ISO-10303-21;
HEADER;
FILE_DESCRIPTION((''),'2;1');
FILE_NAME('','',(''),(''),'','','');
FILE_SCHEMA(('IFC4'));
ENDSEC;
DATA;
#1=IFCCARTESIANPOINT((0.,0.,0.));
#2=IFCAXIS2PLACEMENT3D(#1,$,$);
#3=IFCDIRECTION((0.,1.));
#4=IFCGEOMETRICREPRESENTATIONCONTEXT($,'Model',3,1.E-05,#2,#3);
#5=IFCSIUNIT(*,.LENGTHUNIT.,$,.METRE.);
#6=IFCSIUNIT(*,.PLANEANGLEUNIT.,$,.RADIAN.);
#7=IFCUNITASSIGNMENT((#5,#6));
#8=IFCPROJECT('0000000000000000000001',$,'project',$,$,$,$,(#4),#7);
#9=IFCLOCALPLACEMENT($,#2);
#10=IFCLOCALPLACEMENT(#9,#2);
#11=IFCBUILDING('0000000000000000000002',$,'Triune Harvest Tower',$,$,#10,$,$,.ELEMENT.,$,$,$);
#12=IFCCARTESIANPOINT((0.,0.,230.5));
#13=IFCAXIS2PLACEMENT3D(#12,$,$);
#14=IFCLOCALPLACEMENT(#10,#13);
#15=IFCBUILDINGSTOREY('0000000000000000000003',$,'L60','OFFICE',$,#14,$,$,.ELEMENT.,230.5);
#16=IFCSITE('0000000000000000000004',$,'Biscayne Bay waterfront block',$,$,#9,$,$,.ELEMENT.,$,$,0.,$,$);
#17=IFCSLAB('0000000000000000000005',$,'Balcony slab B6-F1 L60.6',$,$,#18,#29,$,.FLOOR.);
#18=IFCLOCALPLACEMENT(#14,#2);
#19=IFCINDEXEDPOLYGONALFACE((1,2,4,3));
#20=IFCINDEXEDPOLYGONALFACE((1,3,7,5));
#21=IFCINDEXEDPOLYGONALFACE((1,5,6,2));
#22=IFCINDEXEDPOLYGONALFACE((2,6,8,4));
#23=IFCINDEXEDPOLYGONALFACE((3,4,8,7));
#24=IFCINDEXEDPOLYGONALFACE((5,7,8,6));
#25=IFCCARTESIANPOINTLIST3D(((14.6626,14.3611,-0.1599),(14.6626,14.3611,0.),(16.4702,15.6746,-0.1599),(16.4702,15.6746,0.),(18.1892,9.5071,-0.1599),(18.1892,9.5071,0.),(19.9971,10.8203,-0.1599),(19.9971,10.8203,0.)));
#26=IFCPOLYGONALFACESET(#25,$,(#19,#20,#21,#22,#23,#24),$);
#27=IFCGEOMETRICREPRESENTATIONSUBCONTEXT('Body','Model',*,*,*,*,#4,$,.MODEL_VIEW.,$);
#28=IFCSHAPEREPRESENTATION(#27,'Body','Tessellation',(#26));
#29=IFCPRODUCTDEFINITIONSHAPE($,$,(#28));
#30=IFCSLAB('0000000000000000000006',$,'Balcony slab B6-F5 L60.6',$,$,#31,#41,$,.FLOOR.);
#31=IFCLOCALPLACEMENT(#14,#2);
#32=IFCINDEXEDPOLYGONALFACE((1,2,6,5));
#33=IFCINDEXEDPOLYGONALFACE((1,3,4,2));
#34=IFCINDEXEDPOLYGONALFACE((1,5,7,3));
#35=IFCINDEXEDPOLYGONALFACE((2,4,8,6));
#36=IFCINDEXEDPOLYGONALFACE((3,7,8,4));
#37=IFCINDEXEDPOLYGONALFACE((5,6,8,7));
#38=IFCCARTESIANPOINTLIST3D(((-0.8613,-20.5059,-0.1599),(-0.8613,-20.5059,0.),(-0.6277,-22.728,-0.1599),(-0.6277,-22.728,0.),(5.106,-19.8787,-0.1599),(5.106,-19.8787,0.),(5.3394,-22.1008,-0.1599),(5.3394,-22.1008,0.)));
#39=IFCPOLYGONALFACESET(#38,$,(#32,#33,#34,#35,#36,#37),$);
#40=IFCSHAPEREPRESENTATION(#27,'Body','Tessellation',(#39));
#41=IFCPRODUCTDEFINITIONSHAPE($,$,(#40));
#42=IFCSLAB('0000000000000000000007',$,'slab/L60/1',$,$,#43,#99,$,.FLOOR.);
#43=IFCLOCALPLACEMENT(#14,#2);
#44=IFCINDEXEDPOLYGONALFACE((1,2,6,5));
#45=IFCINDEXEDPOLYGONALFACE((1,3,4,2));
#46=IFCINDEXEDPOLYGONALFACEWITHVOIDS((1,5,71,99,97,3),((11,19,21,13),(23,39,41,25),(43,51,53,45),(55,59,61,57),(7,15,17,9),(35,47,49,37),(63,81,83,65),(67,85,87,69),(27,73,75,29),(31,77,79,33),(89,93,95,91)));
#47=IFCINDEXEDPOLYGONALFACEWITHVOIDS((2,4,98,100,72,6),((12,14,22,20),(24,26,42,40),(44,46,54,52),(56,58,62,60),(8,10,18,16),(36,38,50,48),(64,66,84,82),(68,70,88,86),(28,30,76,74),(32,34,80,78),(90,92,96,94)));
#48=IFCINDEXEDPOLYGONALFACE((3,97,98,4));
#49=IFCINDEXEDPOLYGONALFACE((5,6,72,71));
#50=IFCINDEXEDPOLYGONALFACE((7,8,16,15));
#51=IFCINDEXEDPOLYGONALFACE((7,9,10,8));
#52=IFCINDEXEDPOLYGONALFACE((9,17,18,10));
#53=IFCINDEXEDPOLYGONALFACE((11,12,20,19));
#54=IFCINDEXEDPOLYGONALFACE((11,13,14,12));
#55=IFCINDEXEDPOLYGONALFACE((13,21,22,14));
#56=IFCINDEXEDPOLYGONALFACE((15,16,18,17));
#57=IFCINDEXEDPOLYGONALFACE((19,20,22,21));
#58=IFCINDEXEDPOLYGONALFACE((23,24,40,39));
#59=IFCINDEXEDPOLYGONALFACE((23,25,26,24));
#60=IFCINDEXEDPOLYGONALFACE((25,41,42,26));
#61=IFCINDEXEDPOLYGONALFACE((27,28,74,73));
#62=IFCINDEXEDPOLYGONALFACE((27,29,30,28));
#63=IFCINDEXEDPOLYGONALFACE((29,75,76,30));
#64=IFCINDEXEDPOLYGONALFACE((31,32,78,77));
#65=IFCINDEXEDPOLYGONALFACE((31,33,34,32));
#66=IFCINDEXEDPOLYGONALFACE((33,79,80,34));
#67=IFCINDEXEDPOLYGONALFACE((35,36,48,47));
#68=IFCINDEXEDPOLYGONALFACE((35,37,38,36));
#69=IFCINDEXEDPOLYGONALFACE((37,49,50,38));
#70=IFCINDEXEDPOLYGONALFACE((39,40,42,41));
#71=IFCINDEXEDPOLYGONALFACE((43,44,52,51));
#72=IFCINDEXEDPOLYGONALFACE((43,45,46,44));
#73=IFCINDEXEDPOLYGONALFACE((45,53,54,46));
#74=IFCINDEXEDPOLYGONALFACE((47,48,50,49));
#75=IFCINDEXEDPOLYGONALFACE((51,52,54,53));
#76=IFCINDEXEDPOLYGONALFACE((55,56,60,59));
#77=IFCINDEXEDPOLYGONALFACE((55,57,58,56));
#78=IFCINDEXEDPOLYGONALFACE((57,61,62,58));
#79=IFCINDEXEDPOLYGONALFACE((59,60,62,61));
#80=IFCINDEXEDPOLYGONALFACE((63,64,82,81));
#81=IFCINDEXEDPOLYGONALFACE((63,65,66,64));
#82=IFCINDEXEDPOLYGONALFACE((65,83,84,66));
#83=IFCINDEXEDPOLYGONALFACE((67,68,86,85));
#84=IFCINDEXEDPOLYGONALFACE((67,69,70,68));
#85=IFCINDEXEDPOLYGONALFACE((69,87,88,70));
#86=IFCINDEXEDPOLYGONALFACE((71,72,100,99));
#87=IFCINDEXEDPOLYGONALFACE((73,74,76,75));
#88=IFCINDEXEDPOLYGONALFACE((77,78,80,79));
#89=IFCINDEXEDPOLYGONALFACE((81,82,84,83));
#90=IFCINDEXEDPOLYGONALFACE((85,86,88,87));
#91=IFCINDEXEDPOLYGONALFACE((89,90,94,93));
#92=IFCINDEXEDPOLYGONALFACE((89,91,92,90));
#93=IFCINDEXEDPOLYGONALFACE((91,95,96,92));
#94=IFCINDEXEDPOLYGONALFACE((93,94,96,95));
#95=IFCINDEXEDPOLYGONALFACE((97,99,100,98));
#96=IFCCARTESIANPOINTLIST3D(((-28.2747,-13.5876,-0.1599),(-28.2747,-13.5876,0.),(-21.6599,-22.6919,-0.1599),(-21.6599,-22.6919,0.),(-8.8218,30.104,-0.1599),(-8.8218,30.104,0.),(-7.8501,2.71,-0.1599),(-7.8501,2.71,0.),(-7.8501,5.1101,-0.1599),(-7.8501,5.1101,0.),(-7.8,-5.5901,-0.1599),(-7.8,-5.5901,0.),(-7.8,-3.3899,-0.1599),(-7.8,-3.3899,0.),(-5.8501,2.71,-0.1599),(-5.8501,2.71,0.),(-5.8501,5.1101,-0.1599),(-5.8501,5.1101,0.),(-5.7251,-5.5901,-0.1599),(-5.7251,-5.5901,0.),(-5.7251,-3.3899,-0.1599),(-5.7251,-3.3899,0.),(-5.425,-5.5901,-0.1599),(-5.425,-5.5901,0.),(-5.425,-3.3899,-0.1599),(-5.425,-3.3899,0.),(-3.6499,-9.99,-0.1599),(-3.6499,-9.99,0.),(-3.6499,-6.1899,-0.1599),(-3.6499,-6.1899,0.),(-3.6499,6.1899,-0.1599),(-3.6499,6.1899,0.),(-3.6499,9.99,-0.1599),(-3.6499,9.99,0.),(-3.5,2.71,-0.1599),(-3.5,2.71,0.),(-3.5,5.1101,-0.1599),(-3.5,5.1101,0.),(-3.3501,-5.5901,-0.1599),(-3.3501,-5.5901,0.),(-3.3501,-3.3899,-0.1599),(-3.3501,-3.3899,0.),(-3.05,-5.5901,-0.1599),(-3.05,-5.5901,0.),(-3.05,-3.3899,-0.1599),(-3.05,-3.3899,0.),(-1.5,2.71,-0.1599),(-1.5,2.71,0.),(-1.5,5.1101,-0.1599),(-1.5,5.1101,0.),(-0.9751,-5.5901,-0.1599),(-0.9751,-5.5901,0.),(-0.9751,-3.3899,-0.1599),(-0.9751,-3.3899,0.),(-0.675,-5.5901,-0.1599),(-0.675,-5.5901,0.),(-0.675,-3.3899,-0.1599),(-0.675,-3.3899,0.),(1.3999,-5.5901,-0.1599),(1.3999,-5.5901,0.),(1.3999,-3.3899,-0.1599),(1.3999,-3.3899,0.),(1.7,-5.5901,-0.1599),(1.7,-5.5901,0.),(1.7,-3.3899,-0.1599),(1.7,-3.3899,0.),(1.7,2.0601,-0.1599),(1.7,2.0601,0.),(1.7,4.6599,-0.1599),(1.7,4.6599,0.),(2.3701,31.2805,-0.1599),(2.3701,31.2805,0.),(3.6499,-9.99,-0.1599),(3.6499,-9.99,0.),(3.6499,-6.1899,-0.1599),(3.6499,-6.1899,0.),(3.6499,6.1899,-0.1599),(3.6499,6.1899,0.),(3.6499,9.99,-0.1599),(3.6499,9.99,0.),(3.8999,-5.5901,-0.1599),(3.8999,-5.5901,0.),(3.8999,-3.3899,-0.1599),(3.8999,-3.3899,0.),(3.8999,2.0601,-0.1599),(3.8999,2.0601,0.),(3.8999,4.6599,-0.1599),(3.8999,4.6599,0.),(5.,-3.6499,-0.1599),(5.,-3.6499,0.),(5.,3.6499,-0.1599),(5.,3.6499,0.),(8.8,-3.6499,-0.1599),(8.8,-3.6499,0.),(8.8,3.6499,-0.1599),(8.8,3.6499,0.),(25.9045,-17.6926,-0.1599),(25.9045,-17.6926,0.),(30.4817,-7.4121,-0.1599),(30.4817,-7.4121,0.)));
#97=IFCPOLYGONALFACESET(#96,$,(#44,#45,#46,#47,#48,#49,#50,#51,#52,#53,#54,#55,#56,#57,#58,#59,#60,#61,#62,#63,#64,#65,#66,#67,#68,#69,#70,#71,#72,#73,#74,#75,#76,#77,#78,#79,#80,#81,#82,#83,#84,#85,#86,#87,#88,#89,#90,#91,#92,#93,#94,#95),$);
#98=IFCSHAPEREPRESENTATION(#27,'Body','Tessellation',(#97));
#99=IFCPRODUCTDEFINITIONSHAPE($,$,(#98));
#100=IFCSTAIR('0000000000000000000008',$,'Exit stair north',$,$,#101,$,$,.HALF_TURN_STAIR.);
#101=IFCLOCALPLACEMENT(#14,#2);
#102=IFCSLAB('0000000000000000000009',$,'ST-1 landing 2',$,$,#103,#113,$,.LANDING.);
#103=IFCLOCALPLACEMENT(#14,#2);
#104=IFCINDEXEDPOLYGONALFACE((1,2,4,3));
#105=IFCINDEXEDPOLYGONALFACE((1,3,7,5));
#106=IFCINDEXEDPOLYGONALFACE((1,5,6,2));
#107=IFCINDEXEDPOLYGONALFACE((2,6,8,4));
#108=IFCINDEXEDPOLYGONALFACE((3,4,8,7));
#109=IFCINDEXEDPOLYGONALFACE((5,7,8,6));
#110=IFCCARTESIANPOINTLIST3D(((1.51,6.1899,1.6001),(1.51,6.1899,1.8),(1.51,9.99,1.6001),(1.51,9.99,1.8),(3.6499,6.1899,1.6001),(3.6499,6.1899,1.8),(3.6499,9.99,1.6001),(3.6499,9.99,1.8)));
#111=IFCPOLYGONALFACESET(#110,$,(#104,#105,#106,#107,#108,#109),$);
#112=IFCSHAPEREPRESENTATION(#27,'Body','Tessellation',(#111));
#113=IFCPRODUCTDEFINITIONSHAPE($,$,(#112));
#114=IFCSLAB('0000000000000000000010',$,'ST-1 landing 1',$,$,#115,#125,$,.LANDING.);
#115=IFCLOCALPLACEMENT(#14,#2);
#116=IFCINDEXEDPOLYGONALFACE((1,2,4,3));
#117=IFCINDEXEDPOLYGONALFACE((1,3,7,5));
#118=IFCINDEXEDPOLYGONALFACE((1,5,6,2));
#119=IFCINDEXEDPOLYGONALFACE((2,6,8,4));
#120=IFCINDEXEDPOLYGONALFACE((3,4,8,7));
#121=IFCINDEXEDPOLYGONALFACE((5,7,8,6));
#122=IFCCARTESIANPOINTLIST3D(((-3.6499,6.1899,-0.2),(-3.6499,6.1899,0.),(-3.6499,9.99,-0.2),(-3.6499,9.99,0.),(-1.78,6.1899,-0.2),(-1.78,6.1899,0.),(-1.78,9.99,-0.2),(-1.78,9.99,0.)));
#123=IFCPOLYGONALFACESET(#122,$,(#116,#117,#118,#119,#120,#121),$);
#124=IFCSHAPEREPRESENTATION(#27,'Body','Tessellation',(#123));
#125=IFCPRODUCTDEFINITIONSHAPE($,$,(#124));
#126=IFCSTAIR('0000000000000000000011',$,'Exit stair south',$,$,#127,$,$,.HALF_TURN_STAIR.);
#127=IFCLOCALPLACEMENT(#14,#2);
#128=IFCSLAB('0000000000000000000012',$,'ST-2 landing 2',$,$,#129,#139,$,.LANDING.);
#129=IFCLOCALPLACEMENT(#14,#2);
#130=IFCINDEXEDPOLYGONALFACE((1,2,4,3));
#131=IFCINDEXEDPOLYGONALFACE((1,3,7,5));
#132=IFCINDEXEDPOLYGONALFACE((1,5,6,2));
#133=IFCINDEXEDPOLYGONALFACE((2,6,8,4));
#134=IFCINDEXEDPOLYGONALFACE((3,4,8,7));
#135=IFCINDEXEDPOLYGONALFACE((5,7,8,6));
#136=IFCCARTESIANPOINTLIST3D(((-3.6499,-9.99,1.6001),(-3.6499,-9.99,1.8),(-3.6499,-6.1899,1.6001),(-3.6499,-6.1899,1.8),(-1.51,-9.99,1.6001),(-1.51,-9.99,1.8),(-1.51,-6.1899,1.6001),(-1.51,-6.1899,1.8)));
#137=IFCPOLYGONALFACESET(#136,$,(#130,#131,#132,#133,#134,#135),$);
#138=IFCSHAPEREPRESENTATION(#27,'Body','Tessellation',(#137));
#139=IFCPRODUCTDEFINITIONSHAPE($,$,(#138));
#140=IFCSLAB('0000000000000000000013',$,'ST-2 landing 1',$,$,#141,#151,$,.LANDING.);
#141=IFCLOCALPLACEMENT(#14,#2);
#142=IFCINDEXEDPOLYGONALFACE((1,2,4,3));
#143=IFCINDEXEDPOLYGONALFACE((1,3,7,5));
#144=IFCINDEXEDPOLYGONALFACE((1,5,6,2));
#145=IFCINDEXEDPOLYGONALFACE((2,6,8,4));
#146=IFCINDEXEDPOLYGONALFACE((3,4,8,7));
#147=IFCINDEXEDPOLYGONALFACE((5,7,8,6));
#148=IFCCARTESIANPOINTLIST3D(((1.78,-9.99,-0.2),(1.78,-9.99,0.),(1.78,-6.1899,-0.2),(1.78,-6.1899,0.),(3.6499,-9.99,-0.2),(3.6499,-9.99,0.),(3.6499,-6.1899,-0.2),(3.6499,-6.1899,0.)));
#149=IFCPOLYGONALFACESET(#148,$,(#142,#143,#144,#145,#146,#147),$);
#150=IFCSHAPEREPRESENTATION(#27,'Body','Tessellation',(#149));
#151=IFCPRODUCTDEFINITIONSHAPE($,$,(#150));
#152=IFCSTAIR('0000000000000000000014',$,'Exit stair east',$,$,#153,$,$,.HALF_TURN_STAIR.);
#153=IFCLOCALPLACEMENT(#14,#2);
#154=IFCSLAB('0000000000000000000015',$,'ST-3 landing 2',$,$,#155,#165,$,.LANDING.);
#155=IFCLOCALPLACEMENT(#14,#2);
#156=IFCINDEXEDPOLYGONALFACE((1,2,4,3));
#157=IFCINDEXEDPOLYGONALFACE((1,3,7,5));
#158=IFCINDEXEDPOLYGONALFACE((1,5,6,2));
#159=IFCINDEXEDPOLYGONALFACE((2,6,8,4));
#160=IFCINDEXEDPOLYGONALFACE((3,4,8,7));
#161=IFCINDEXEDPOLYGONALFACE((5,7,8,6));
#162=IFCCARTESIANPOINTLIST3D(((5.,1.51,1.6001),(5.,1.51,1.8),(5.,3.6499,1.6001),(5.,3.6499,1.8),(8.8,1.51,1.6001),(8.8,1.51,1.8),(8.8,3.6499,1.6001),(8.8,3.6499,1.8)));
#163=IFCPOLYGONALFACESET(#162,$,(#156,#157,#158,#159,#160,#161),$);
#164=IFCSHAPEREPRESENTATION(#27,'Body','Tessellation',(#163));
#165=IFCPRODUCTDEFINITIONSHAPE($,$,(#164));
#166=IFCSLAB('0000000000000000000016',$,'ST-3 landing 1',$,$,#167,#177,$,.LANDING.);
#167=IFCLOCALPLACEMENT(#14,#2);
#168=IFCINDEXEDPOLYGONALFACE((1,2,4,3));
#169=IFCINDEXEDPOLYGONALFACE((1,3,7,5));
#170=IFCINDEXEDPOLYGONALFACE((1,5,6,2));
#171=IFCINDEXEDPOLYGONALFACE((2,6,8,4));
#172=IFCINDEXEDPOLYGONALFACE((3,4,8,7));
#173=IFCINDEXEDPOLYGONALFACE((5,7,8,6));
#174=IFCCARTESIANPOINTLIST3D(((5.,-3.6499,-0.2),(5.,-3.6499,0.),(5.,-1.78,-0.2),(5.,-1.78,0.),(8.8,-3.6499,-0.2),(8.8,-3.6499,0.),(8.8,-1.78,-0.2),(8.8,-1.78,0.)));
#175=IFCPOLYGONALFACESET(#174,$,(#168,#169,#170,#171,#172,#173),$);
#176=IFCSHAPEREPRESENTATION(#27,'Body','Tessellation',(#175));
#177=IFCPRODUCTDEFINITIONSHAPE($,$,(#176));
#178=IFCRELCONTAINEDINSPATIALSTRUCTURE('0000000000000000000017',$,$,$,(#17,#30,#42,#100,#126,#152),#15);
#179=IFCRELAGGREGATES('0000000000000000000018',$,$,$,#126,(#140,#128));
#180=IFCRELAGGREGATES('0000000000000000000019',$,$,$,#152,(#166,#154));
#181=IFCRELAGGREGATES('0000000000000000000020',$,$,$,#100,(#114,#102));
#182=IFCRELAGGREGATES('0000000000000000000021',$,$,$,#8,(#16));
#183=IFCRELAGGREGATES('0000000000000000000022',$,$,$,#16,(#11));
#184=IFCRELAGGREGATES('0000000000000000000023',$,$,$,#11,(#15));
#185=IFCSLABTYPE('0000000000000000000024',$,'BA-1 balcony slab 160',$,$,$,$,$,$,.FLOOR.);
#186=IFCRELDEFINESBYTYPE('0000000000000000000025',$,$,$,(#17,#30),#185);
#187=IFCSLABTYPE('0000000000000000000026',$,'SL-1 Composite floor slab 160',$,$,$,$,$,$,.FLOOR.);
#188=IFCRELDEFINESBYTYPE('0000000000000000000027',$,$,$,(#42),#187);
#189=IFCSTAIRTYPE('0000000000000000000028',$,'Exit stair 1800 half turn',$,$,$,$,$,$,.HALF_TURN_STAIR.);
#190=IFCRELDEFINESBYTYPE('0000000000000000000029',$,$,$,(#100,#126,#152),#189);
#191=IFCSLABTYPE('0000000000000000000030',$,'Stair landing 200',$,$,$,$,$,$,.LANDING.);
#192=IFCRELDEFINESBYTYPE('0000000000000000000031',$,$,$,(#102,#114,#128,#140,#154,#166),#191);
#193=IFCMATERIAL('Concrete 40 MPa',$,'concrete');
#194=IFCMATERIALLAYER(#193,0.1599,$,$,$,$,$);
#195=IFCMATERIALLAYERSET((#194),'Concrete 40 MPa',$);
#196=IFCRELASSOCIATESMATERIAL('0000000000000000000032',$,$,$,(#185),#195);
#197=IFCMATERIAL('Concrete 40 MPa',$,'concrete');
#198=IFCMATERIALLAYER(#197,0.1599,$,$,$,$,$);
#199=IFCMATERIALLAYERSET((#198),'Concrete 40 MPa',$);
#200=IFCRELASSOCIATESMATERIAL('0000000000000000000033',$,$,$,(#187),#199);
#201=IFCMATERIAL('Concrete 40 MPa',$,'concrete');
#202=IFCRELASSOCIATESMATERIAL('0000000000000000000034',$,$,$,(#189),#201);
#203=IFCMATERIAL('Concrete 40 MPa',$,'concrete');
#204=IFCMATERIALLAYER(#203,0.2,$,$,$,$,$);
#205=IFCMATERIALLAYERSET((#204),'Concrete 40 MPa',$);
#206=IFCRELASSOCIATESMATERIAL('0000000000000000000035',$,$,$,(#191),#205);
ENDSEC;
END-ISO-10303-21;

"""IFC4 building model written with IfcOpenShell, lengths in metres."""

from ifc_helpers import new_model, si_unit, direction, frame, origin, place, context, subcontext, project, spatial, polyline, outline, extrude, source, transform, mapped, material, layer, layer_set, type_object, element, aggregate, save


model = new_model("IFC4")

# Units and contexts
model_context = context("Model", 3, precision=1e-05, world=origin(), true_north=direction((0.0, 1.0)))
body_context = subcontext(model_context, "Body", "Model", "MODEL_VIEW")
ifc_project = project(units=[si_unit("LENGTHUNIT", "METRE"), si_unit("PLANEANGLEUNIT", "RADIAN")], contexts=[model_context])

# Site, building, storey
site_placement = place(None, origin())
site = spatial("IfcSite", under=ifc_project, at=site_placement, Name="Biscayne Bay waterfront block", CompositionType="ELEMENT", RefElevation=0.0)
building_placement = place(site_placement, origin())
building = spatial("IfcBuilding", under=site, at=building_placement, Name="Triune Harvest Tower", CompositionType="ELEMENT")
storey_placement = place(building_placement, frame((0.0, 0.0, 230.5)))
storey = spatial("IfcBuildingStorey", under=building, at=storey_placement, Name="L60", Description="OFFICE", CompositionType="ELEMENT", Elevation=230.5)

# Slabs
ifc_material_1 = material(Name="Concrete 40 MPa", Category="concrete")
ifc_layer_1 = layer(ifc_material_1, 0.1599)
ifc_layer_set_1 = layer_set([ifc_layer_1], Name="Concrete 40 MPa")
slab_type_1 = type_object("IfcSlabType", Name="BA-1 balcony slab 160", PredefinedType="FLOOR", material=ifc_layer_set_1)
slab_1_placement = place(storey_placement, frame((0.0, 0.0, -0.1599)))
element("IfcSlab", 1, at=slab_1_placement, inside=storey, type_object=slab_type_1, Name="Balcony slab B6-F1 L60.6", PredefinedType="FLOOR", context=body_context, shape_type="SweptSolid", body=[
    extrude(outline(polyline([(18.1892, 9.5071), (14.6626, 14.3611), (16.4702, 15.6746), (19.9971, 10.8203), (18.1892, 9.5071)])), origin(), (0.0, 0.0, 1.0), 0.1599),
])
slab_2_placement = place(storey_placement, frame((0.0, 0.0, -0.1599)))
element("IfcSlab", 2, at=slab_2_placement, inside=storey, type_object=slab_type_1, Name="Balcony slab B6-F5 L60.6", PredefinedType="FLOOR", context=body_context, shape_type="SweptSolid", body=[
    extrude(outline(polyline([(-0.8613, -20.5059), (5.106, -19.8787), (5.3394, -22.1008), (-0.6277, -22.728), (-0.8613, -20.5059)])), origin(), (0.0, 0.0, 1.0), 0.1599),
])
ifc_material_2 = material(Name="Concrete 40 MPa", Category="concrete")
ifc_layer_2 = layer(ifc_material_2, 0.1599)
ifc_layer_set_2 = layer_set([ifc_layer_2], Name="Concrete 40 MPa")
slab_type_2 = type_object("IfcSlabType", Name="SL-1 Composite floor slab 160", PredefinedType="FLOOR", material=ifc_layer_set_2)
shared_shape_1 = source(origin(), body_context, "Body", "SweptSolid", [
    extrude(outline(polyline([(30.4817, -7.4121), (2.3701, 31.2805), (-8.8218, 30.104), (-28.2747, -13.5876), (-21.6599, -22.6919), (25.9045, -17.6926), (30.4817, -7.4121)]), holes=[polyline([(-5.7251, -5.5901), (-5.7251, -3.3899), (-7.8, -3.3899), (-7.8, -5.5901), (-5.7251, -5.5901)]), polyline([(-3.3501, -5.5901), (-3.3501, -3.3899), (-5.425, -3.3899), (-5.425, -5.5901), (-3.3501, -5.5901)]), polyline([(-0.9751, -5.5901), (-0.9751, -3.3899), (-3.05, -3.3899), (-3.05, -5.5901), (-0.9751, -5.5901)]), polyline([(1.3999, -5.5901), (1.3999, -3.3899), (-0.675, -3.3899), (-0.675, -5.5901), (1.3999, -5.5901)]), polyline([(3.8999, 2.0601), (3.8999, 4.6599), (1.7, 4.6599), (1.7, 2.0601), (3.8999, 2.0601)]), polyline([(3.8999, -5.5901), (3.8999, -3.3899), (1.7, -3.3899), (1.7, -5.5901), (3.8999, -5.5901)]), polyline([(-5.8501, 2.71), (-5.8501, 5.1101), (-7.8501, 5.1101), (-7.8501, 2.71), (-5.8501, 2.71)]), polyline([(-1.5, 2.71), (-1.5, 5.1101), (-3.5, 5.1101), (-3.5, 2.71), (-1.5, 2.71)]), polyline([(3.6499, 6.1899), (3.6499, 9.99), (-3.6499, 9.99), (-3.6499, 6.1899), (3.6499, 6.1899)]), polyline([(3.6499, -9.99), (3.6499, -6.1899), (-3.6499, -6.1899), (-3.6499, -9.99), (3.6499, -9.99)]), polyline([(8.8, -3.6499), (8.8, 3.6499), (5.0, 3.6499), (5.0, -3.6499), (8.8, -3.6499)])]), origin(), (0.0, 0.0, 1.0), 0.1599),
])
slab_3_placement = place(storey_placement, frame((0.0, 0.0, -0.1599)))
element("IfcSlab", 3, at=slab_3_placement, inside=storey, type_object=slab_type_2, Name="slab/L60/1", PredefinedType="FLOOR", context=body_context, shape_type="MappedRepresentation", body=[
    mapped(shared_shape_1, transform((0.0, 0.0, 0.0), scale=1.0)),
])

# Stairs, slabs
ifc_material_3 = material(Name="Concrete 40 MPa", Category="concrete")
stair_type = type_object("IfcStairType", Name="Exit stair 1800 half turn", PredefinedType="HALF_TURN_STAIR", material=ifc_material_3)
stair_1_placement = place(storey_placement, origin())
stair_1 = element("IfcStair", 4, at=stair_1_placement, inside=storey, type_object=stair_type, Name="Exit stair north", PredefinedType="HALF_TURN_STAIR")
ifc_material_4 = material(Name="Concrete 40 MPa", Category="concrete")
ifc_layer_3 = layer(ifc_material_4, 0.2)
ifc_layer_set_3 = layer_set([ifc_layer_3], Name="Concrete 40 MPa")
slab_type_3 = type_object("IfcSlabType", Name="Stair landing 200", PredefinedType="LANDING", material=ifc_layer_set_3)
shared_shape_2 = source(origin(), body_context, "Body", "SweptSolid", [
    extrude(outline(polyline([(1.51, 6.1899), (3.6499, 6.1899), (3.6499, 9.99), (1.51, 9.99), (1.51, 6.1899)])), origin(), (0.0, 0.0, 1.0), 0.2),
])
slab_4_placement = place(storey_placement, frame((0.0, 0.0, 1.6001)))
slab_4 = element("IfcSlab", 5, at=slab_4_placement, type_object=slab_type_3, Name="ST-1 landing 2", PredefinedType="LANDING", context=body_context, shape_type="MappedRepresentation", body=[
    mapped(shared_shape_2, transform((0.0, 0.0, 0.0), scale=1.0)),
])
shared_shape_3 = source(origin(), body_context, "Body", "SweptSolid", [
    extrude(outline(polyline([(-3.6499, 6.1899), (-1.78, 6.1899), (-1.78, 9.99), (-3.6499, 9.99), (-3.6499, 6.1899)])), origin(), (0.0, 0.0, 1.0), 0.2),
])
slab_5_placement = place(storey_placement, frame((0.0, 0.0, -0.2)))
slab_5 = element("IfcSlab", 6, at=slab_5_placement, type_object=slab_type_3, Name="ST-1 landing 1", PredefinedType="LANDING", context=body_context, shape_type="MappedRepresentation", body=[
    mapped(shared_shape_3, transform((0.0, 0.0, 0.0), scale=1.0)),
])
stair_2_placement = place(storey_placement, origin())
stair_2 = element("IfcStair", 7, at=stair_2_placement, inside=storey, type_object=stair_type, Name="Exit stair south", PredefinedType="HALF_TURN_STAIR")
shared_shape_4 = source(origin(), body_context, "Body", "SweptSolid", [
    extrude(outline(polyline([(-1.51, -6.1899), (-3.6499, -6.1899), (-3.6499, -9.99), (-1.51, -9.99), (-1.51, -6.1899)])), origin(), (0.0, 0.0, 1.0), 0.2),
])
slab_6_placement = place(storey_placement, frame((0.0, 0.0, 1.6001)))
slab_6 = element("IfcSlab", 8, at=slab_6_placement, type_object=slab_type_3, Name="ST-2 landing 2", PredefinedType="LANDING", context=body_context, shape_type="MappedRepresentation", body=[
    mapped(shared_shape_4, transform((0.0, 0.0, 0.0), scale=1.0)),
])
shared_shape_5 = source(origin(), body_context, "Body", "SweptSolid", [
    extrude(outline(polyline([(3.6499, -6.1899), (1.78, -6.1899), (1.78, -9.99), (3.6499, -9.99), (3.6499, -6.1899)])), origin(), (0.0, 0.0, 1.0), 0.2),
])
slab_7_placement = place(storey_placement, frame((0.0, 0.0, -0.2)))
slab_7 = element("IfcSlab", 9, at=slab_7_placement, type_object=slab_type_3, Name="ST-2 landing 1", PredefinedType="LANDING", context=body_context, shape_type="MappedRepresentation", body=[
    mapped(shared_shape_5, transform((0.0, 0.0, 0.0), scale=1.0)),
])
aggregate(stair_2, [slab_7, slab_6])
stair_3_placement = place(storey_placement, origin())
stair_3 = element("IfcStair", 10, at=stair_3_placement, inside=storey, type_object=stair_type, Name="Exit stair east", PredefinedType="HALF_TURN_STAIR")
shared_shape_6 = source(origin(), body_context, "Body", "SweptSolid", [
    extrude(outline(polyline([(8.8, 1.51), (8.8, 3.6499), (5.0, 3.6499), (5.0, 1.51), (8.8, 1.51)])), origin(), (0.0, 0.0, 1.0), 0.2),
])
slab_8_placement = place(storey_placement, frame((0.0, 0.0, 1.6001)))
slab_8 = element("IfcSlab", 11, at=slab_8_placement, type_object=slab_type_3, Name="ST-3 landing 2", PredefinedType="LANDING", context=body_context, shape_type="MappedRepresentation", body=[
    mapped(shared_shape_6, transform((0.0, 0.0, 0.0), scale=1.0)),
])
shared_shape_7 = source(origin(), body_context, "Body", "SweptSolid", [
    extrude(outline(polyline([(8.8, -3.6499), (8.8, -1.78), (5.0, -1.78), (5.0, -3.6499), (8.8, -3.6499)])), origin(), (0.0, 0.0, 1.0), 0.2),
])
slab_9_placement = place(storey_placement, frame((0.0, 0.0, -0.2)))
slab_9 = element("IfcSlab", 12, at=slab_9_placement, type_object=slab_type_3, Name="ST-3 landing 1", PredefinedType="LANDING", context=body_context, shape_type="MappedRepresentation", body=[
    mapped(shared_shape_7, transform((0.0, 0.0, 0.0), scale=1.0)),
])
aggregate(stair_3, [slab_9, slab_8])

aggregate(stair_1, [slab_5, slab_4])

save(model, "model.ifc")
